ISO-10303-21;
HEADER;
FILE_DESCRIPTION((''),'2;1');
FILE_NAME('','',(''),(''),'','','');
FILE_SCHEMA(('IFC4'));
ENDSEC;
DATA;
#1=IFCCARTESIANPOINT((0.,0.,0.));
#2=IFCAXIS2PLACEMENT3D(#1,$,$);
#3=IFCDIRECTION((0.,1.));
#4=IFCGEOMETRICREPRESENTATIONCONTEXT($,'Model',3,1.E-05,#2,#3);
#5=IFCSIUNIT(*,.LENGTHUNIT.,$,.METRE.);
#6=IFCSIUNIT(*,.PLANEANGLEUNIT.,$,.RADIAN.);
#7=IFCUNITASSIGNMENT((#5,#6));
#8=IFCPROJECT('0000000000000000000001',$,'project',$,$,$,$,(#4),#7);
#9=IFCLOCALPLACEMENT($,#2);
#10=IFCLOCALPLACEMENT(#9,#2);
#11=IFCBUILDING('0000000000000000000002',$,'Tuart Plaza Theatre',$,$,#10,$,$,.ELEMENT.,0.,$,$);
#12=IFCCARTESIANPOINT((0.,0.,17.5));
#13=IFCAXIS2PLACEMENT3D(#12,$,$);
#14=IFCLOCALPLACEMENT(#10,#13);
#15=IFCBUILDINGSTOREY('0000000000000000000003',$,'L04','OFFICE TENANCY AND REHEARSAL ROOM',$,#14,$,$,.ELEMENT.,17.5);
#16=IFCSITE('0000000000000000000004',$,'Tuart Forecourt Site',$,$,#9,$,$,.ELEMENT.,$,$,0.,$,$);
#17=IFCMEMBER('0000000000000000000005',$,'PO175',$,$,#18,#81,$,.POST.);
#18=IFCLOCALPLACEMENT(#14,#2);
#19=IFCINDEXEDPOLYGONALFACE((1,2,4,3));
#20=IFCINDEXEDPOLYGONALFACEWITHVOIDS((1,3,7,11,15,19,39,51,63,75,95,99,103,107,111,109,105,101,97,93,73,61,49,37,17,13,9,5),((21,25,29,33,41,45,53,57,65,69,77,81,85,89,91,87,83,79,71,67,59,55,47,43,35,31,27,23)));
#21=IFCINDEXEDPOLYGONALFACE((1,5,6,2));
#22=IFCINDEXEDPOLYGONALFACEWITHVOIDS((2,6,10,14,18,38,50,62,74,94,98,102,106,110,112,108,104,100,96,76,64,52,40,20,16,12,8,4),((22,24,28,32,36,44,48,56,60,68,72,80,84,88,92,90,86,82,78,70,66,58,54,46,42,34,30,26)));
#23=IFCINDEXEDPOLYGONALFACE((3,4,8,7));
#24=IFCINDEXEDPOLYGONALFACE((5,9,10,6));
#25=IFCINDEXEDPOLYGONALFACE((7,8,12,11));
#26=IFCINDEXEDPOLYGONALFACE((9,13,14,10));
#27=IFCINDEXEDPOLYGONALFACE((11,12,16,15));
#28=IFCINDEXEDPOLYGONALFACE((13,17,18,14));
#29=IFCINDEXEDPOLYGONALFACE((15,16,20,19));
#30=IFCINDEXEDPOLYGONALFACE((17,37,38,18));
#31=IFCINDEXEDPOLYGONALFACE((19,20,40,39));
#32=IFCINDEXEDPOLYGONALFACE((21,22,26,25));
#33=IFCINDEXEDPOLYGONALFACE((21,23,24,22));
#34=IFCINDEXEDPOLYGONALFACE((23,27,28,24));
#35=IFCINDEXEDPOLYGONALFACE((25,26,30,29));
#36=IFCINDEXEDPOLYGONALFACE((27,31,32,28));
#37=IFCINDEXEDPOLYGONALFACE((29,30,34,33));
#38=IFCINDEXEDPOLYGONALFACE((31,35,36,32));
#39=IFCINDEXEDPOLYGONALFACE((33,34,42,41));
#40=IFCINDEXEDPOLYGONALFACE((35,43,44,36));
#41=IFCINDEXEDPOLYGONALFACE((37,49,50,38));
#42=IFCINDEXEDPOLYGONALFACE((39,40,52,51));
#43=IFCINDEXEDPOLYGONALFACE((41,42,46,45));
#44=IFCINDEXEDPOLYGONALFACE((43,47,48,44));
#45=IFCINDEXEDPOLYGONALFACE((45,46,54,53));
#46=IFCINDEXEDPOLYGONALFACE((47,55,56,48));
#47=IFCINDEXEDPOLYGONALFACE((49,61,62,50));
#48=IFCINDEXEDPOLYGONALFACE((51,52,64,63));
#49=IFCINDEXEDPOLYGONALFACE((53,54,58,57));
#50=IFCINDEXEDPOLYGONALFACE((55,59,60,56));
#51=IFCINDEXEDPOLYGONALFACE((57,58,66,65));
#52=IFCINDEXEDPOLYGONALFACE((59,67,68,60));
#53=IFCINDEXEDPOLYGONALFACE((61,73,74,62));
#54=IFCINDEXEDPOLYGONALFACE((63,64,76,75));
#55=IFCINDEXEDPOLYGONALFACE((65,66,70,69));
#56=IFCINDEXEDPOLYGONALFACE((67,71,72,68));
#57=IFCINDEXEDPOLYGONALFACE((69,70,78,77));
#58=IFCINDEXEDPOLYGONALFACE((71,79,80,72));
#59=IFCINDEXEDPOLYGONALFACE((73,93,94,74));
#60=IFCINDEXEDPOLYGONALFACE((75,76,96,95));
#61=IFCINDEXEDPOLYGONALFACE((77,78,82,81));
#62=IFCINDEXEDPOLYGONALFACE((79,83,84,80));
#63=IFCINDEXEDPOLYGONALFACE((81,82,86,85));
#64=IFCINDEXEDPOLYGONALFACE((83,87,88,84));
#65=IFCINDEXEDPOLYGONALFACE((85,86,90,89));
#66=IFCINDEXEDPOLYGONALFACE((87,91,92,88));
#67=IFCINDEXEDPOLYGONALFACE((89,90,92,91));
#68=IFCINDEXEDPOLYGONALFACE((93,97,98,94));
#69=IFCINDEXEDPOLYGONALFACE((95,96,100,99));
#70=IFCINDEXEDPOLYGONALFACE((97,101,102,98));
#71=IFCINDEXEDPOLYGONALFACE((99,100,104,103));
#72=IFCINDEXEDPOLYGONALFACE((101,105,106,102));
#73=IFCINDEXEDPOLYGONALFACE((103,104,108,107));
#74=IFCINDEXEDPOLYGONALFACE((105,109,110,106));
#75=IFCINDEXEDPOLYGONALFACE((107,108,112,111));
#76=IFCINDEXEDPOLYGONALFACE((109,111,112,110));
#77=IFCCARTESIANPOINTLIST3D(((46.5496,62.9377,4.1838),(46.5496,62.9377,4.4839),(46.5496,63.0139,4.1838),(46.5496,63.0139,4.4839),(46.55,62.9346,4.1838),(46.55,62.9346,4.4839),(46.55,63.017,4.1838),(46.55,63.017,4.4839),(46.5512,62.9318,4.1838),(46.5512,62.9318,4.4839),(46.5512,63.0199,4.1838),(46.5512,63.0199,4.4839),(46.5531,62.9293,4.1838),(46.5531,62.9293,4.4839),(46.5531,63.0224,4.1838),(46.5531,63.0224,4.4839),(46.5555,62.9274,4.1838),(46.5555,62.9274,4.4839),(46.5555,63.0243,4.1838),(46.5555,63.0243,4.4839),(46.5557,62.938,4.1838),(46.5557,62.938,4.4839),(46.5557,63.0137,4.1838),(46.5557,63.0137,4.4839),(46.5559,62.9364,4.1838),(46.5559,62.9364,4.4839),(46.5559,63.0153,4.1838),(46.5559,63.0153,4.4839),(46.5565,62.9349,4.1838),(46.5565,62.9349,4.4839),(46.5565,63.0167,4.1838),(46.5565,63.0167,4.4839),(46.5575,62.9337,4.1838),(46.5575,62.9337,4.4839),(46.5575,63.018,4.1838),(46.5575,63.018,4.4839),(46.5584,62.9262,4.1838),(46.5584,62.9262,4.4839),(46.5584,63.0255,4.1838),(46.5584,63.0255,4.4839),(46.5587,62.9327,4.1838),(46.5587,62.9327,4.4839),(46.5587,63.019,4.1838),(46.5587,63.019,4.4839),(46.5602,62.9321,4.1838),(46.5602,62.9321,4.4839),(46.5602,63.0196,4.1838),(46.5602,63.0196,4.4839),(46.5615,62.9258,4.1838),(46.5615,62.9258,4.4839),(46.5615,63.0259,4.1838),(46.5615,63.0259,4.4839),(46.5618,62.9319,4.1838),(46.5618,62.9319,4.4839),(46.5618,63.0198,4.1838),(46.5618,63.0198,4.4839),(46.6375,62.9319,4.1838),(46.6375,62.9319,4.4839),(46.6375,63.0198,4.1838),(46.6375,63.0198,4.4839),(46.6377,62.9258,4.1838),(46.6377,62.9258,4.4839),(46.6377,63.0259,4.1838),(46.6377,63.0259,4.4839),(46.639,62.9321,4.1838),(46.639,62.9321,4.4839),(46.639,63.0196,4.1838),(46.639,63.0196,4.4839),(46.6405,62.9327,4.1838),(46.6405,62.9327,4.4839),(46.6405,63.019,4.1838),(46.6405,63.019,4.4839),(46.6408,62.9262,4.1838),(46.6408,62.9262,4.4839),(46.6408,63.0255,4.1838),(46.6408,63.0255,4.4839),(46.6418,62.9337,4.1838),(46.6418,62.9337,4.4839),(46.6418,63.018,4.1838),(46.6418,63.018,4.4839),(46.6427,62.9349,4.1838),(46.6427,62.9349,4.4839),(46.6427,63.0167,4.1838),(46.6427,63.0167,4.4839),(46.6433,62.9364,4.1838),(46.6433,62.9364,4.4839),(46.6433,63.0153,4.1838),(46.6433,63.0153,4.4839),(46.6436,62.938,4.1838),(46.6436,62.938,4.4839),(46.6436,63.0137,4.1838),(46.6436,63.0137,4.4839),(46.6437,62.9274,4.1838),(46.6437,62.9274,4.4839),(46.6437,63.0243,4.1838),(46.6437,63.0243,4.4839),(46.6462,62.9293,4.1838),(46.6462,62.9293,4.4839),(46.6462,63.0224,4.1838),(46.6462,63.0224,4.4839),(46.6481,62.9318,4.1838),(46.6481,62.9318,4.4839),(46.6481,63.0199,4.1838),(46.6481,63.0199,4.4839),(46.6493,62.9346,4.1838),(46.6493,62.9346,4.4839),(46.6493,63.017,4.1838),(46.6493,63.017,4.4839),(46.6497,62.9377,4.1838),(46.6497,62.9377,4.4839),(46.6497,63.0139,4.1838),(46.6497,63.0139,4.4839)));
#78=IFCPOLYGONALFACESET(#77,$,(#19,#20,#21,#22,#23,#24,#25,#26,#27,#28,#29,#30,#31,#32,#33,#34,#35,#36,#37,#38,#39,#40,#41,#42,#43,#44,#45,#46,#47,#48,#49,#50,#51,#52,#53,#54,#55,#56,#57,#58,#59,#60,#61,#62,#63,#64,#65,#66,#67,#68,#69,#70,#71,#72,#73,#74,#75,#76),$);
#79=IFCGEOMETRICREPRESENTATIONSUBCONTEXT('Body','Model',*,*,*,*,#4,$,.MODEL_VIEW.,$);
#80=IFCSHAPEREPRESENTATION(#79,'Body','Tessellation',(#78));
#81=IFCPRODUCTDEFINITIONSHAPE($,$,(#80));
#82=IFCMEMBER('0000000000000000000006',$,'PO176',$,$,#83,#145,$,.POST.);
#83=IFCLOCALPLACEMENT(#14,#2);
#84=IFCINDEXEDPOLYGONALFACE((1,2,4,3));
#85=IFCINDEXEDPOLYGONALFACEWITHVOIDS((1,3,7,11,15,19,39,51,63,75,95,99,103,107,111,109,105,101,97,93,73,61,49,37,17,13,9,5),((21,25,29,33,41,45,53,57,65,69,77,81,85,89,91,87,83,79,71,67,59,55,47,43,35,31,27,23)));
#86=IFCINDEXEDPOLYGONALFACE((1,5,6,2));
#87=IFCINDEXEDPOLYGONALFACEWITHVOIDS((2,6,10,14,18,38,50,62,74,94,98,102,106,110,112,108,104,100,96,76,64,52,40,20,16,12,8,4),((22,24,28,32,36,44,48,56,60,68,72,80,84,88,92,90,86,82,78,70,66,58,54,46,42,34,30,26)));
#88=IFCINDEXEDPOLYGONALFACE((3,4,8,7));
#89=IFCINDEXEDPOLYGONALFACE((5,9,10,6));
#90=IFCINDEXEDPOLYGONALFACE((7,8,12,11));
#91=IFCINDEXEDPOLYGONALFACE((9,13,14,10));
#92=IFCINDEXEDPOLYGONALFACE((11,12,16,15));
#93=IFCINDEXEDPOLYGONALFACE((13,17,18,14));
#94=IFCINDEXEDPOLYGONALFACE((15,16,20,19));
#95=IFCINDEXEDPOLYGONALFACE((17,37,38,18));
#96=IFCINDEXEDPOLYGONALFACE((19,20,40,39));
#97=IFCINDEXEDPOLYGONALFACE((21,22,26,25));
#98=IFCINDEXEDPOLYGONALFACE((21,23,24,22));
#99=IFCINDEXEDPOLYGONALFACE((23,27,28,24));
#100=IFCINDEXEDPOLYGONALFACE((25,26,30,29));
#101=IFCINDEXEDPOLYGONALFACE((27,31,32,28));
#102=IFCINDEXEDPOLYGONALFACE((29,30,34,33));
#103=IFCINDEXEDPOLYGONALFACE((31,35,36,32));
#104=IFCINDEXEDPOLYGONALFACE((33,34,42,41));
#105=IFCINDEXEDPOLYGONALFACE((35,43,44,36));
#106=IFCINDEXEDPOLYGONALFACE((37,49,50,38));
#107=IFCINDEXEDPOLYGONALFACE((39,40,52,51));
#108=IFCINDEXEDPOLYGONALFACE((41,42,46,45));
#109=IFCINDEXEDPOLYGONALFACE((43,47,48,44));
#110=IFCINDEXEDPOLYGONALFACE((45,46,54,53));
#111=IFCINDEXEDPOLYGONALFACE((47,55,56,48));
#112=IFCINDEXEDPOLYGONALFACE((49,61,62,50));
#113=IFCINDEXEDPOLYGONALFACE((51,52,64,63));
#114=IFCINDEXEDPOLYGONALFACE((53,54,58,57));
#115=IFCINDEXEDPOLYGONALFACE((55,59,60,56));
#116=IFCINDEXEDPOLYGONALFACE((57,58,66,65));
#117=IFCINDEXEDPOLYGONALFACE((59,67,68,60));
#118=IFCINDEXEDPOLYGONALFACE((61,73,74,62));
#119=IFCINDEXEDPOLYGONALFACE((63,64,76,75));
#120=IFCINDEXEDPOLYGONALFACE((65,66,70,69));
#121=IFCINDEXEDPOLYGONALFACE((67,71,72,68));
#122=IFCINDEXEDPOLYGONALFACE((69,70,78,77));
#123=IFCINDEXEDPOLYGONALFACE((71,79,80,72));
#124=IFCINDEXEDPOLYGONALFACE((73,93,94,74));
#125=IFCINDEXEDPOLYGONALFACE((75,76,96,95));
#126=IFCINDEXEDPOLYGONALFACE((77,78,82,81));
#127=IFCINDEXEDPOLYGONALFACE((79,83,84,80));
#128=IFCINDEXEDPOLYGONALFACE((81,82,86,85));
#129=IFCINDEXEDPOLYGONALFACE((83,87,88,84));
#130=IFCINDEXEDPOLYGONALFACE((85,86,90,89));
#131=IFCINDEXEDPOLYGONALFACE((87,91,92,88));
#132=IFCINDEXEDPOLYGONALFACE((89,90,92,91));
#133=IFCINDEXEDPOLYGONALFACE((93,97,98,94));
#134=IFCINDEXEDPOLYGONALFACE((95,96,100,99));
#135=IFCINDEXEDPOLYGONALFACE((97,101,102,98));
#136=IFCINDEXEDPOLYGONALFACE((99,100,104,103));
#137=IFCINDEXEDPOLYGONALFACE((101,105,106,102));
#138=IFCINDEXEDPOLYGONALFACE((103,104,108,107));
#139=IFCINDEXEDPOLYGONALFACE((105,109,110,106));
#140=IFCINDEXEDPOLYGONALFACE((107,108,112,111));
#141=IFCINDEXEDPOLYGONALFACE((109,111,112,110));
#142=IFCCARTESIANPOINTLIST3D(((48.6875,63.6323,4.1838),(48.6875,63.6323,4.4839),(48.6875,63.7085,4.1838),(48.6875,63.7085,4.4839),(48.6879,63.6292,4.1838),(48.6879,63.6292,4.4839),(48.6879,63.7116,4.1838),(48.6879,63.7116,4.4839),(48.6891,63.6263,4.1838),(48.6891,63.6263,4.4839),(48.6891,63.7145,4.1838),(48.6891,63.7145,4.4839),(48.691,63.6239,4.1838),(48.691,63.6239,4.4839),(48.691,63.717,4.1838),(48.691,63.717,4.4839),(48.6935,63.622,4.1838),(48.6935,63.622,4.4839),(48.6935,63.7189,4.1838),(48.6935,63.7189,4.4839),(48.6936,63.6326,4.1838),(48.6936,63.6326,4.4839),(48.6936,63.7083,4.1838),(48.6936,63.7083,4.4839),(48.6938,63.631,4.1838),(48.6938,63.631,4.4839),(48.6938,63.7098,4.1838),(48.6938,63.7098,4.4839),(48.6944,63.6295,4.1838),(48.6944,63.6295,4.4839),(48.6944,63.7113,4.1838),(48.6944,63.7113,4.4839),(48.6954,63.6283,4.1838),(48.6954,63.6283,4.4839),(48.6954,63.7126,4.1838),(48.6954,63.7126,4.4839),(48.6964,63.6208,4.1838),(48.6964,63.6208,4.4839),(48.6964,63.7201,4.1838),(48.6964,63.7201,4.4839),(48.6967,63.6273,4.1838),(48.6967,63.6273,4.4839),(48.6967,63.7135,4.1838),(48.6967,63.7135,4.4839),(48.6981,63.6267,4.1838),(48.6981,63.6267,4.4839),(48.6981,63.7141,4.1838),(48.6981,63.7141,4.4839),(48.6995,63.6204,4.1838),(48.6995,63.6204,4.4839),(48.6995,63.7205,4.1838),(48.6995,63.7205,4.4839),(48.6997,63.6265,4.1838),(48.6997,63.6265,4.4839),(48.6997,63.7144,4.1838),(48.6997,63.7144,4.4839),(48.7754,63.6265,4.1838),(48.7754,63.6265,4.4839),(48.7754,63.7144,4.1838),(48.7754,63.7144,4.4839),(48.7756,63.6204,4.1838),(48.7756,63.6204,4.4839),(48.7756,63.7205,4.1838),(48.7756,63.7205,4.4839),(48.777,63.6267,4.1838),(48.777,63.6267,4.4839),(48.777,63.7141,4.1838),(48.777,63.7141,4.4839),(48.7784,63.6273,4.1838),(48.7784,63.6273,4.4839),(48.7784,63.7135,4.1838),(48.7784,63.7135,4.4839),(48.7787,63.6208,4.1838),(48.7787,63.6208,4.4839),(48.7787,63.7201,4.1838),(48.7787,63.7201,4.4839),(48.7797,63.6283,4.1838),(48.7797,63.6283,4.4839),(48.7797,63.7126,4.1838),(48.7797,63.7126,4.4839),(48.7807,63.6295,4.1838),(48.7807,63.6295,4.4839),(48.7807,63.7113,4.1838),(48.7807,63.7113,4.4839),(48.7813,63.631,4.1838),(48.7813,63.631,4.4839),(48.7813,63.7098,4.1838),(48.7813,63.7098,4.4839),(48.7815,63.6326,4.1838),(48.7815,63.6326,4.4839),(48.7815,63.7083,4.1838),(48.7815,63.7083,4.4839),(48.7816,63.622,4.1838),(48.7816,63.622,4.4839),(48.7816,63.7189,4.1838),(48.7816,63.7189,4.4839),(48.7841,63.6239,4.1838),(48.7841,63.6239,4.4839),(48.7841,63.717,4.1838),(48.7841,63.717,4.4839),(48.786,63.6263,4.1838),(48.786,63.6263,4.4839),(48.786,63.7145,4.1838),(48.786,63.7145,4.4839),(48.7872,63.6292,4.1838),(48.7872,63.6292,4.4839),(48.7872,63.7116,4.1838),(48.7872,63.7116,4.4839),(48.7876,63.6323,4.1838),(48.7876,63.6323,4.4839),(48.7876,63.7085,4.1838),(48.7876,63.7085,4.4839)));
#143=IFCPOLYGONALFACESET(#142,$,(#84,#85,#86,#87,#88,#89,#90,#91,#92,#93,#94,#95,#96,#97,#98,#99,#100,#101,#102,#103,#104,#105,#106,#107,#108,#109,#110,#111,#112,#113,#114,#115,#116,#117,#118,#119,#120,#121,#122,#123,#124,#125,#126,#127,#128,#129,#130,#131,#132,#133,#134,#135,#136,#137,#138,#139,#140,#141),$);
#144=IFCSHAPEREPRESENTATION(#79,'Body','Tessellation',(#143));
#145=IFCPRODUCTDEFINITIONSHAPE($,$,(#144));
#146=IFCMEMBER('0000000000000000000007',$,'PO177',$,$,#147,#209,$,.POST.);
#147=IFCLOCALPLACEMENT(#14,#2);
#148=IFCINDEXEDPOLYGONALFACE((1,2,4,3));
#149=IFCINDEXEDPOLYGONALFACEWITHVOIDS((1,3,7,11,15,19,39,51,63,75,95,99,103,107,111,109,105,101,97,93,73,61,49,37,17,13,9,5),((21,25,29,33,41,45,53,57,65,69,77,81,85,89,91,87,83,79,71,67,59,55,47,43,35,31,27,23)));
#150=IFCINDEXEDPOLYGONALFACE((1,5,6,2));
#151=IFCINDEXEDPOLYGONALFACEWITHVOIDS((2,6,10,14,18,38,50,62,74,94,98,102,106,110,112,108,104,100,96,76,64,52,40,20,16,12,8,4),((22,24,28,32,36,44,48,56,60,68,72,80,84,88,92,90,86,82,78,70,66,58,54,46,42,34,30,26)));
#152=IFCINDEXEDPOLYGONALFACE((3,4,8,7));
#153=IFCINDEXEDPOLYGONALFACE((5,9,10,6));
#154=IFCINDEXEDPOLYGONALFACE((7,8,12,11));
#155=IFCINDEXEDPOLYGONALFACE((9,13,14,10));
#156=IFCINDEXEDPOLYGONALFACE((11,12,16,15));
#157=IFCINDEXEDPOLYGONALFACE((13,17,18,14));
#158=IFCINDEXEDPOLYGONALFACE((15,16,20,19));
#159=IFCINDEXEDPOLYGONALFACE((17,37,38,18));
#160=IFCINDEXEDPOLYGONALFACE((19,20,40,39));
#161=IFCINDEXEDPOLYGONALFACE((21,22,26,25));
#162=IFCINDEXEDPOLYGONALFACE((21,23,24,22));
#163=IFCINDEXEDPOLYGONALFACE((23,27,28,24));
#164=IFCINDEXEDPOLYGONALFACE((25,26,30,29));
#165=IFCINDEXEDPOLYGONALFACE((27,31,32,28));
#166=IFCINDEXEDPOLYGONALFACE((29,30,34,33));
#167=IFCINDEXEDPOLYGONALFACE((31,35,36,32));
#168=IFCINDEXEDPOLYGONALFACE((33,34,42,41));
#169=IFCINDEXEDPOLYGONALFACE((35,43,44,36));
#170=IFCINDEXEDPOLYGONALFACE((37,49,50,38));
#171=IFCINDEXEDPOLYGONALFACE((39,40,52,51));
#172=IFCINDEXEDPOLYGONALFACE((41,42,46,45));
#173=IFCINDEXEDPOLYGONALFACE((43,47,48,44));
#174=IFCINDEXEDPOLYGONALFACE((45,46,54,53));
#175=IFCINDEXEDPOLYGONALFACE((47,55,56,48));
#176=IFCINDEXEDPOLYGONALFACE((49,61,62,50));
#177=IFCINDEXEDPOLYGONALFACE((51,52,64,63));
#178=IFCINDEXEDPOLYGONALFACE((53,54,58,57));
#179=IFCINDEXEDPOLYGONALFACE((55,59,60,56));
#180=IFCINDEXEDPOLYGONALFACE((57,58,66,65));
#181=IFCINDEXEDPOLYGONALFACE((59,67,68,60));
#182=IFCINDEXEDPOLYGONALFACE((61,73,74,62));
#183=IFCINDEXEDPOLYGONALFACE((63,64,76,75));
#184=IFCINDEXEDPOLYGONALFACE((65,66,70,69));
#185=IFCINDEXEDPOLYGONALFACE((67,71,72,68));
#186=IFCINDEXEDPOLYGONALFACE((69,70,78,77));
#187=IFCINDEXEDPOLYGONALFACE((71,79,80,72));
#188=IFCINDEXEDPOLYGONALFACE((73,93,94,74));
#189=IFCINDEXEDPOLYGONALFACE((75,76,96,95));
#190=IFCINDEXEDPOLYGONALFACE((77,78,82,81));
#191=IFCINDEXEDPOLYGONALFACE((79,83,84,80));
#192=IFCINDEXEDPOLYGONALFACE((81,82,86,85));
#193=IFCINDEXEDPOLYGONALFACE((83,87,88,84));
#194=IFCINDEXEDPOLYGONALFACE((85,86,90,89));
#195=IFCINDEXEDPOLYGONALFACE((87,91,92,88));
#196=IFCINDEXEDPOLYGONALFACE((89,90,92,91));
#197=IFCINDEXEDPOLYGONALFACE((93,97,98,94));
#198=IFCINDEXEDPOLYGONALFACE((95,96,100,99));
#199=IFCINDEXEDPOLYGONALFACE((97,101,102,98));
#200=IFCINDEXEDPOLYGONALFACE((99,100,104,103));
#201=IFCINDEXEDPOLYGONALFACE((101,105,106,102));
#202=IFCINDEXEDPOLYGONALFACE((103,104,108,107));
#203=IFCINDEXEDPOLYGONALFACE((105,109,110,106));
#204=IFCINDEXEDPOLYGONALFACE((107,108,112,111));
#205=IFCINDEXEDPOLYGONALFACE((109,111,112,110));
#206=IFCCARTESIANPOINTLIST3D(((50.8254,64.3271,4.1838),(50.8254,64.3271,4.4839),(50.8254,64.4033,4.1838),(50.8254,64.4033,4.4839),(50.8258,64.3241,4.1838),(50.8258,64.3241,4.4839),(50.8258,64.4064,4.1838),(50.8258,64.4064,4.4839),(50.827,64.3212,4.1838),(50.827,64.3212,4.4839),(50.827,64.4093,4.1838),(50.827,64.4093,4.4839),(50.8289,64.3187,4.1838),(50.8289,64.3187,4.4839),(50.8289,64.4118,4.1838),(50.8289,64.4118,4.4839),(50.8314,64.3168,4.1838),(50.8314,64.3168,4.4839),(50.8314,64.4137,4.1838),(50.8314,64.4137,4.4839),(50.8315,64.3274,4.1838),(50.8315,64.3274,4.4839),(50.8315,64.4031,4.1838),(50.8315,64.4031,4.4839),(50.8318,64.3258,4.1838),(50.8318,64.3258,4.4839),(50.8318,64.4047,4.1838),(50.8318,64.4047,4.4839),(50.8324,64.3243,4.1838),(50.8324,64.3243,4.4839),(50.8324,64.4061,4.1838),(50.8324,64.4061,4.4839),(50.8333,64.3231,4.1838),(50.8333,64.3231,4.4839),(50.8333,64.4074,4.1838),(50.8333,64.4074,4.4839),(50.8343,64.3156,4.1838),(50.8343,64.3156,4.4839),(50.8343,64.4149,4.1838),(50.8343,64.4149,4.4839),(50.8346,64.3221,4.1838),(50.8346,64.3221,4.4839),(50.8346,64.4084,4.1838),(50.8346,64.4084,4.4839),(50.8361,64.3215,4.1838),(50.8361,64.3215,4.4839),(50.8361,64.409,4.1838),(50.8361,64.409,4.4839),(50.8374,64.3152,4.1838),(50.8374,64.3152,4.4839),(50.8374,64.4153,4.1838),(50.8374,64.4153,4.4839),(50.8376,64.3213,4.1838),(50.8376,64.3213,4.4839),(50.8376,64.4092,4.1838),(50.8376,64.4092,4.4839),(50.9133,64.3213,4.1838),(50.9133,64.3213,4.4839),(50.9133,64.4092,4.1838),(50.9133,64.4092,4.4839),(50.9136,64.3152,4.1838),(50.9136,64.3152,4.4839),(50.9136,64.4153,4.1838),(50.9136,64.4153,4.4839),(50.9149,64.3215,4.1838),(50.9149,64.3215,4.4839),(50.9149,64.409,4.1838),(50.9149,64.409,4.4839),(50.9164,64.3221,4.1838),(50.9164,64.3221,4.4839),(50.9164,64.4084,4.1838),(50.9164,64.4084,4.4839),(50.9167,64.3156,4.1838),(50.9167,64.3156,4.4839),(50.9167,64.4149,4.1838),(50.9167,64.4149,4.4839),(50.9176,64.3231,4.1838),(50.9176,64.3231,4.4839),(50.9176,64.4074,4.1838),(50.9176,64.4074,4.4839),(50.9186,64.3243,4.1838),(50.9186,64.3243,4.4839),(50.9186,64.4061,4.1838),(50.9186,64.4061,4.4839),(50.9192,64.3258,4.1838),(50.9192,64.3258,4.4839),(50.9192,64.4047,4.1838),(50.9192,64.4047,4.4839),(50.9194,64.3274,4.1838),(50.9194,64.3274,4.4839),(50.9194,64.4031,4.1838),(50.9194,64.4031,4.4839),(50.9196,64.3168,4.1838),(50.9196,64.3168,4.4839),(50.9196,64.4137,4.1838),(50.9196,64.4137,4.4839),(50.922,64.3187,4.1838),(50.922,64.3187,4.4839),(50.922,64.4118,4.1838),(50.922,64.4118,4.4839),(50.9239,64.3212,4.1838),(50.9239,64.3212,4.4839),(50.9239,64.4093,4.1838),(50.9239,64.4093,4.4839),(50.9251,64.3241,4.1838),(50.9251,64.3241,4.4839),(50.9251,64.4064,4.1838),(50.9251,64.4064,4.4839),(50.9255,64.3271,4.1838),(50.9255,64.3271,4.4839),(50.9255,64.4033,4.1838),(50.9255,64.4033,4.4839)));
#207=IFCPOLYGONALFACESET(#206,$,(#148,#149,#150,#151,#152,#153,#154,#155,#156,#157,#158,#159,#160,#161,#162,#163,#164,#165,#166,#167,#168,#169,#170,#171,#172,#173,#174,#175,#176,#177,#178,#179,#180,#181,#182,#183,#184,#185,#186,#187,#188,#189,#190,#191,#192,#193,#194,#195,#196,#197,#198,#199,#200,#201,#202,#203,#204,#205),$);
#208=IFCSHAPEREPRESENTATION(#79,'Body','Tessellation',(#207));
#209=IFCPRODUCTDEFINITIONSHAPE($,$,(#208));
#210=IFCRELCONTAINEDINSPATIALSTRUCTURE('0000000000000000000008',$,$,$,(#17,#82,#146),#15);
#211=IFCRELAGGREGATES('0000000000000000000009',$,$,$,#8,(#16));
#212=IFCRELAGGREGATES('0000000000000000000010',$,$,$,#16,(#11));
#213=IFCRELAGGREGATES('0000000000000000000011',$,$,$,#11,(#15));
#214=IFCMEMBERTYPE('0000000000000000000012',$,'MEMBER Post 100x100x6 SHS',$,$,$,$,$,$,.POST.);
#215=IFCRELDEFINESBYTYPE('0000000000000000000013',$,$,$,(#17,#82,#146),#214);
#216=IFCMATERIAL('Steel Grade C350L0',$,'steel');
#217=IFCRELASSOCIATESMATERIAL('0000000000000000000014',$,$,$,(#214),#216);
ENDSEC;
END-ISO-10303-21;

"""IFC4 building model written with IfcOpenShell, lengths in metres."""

from ifc_helpers import new_model, si_unit, direction, frame, origin, origin_2d, place, context, subcontext, project, spatial, hollow_rectangle, extrude, material, material_profile, profile_set, type_object, element, save


model = new_model("IFC4")

# Units and contexts
model_context = context("Model", 3, precision=1e-05, world=origin(), true_north=direction((0.0, 1.0)))
body_context = subcontext(model_context, "Body", "Model", "MODEL_VIEW")
ifc_project = project(units=[si_unit("LENGTHUNIT", "METRE"), si_unit("PLANEANGLEUNIT", "RADIAN")], contexts=[model_context])

# Site, building, storey
site_placement = place(None, origin())
site = spatial("IfcSite", under=ifc_project, at=site_placement, Name="Tuart Forecourt Site", CompositionType="ELEMENT", RefElevation=0.0)
building_placement = place(site_placement, origin())
building = spatial("IfcBuilding", under=site, at=building_placement, Name="Tuart Plaza Theatre", CompositionType="ELEMENT", ElevationOfRefHeight=0.0)
storey_placement = place(building_placement, frame((0.0, 0.0, 17.5)))
storey = spatial("IfcBuildingStorey", under=building, at=storey_placement, Name="L04", Description="OFFICE TENANCY AND REHEARSAL ROOM", CompositionType="ELEMENT", Elevation=17.5)

# Members
ifc_material_1 = material(Name="Steel Grade C350L0", Category="steel")
ifc_material_profile_1 = material_profile(ifc_material_1, hollow_rectangle(XDim=0.1001, YDim=0.1001, WallThickness=0.0061, InnerFilletRadius=0.0061, OuterFilletRadius=0.012, at=origin_2d()), Name="100x100x6 SHS")
ifc_profile_set_1 = profile_set([ifc_material_profile_1], Name="Steel Grade C350L0")
member_type_1 = type_object("IfcMemberType", Name="MEMBER Post 100x100x6 SHS", PredefinedType="POST", material=ifc_profile_set_1)
for number, where, z_axis, x_axis, name in (
    (1, (46.5996, 62.9758, 4.1838), (0.0, 0.0, 1.0), (1.0, 0.0, 0.0), "PO175"),
    (2, (48.7375, 63.6704, 4.1838), (0.0, 0.0, 1.0), (1.0, 0.0, 0.0), "PO176"),
    (3, (50.8755, 64.3652, 4.1838), (0.0, 0.0, 1.0), (1.0, 0.0, 0.0), "PO177"),
):
    element("IfcMember", number, at=place(storey_placement, frame(where, z_axis=z_axis, x_axis=x_axis)), inside=storey, type_object=member_type_1, Name=name, PredefinedType="POST", context=body_context, shape_type="SweptSolid", body=[
        extrude(hollow_rectangle(XDim=0.1001, YDim=0.1001, WallThickness=0.0061, InnerFilletRadius=0.0061, OuterFilletRadius=0.012, at=origin_2d()), origin(), (0.0, 0.0, 1.0), 0.3),
    ])

save(model, "model.ifc")
